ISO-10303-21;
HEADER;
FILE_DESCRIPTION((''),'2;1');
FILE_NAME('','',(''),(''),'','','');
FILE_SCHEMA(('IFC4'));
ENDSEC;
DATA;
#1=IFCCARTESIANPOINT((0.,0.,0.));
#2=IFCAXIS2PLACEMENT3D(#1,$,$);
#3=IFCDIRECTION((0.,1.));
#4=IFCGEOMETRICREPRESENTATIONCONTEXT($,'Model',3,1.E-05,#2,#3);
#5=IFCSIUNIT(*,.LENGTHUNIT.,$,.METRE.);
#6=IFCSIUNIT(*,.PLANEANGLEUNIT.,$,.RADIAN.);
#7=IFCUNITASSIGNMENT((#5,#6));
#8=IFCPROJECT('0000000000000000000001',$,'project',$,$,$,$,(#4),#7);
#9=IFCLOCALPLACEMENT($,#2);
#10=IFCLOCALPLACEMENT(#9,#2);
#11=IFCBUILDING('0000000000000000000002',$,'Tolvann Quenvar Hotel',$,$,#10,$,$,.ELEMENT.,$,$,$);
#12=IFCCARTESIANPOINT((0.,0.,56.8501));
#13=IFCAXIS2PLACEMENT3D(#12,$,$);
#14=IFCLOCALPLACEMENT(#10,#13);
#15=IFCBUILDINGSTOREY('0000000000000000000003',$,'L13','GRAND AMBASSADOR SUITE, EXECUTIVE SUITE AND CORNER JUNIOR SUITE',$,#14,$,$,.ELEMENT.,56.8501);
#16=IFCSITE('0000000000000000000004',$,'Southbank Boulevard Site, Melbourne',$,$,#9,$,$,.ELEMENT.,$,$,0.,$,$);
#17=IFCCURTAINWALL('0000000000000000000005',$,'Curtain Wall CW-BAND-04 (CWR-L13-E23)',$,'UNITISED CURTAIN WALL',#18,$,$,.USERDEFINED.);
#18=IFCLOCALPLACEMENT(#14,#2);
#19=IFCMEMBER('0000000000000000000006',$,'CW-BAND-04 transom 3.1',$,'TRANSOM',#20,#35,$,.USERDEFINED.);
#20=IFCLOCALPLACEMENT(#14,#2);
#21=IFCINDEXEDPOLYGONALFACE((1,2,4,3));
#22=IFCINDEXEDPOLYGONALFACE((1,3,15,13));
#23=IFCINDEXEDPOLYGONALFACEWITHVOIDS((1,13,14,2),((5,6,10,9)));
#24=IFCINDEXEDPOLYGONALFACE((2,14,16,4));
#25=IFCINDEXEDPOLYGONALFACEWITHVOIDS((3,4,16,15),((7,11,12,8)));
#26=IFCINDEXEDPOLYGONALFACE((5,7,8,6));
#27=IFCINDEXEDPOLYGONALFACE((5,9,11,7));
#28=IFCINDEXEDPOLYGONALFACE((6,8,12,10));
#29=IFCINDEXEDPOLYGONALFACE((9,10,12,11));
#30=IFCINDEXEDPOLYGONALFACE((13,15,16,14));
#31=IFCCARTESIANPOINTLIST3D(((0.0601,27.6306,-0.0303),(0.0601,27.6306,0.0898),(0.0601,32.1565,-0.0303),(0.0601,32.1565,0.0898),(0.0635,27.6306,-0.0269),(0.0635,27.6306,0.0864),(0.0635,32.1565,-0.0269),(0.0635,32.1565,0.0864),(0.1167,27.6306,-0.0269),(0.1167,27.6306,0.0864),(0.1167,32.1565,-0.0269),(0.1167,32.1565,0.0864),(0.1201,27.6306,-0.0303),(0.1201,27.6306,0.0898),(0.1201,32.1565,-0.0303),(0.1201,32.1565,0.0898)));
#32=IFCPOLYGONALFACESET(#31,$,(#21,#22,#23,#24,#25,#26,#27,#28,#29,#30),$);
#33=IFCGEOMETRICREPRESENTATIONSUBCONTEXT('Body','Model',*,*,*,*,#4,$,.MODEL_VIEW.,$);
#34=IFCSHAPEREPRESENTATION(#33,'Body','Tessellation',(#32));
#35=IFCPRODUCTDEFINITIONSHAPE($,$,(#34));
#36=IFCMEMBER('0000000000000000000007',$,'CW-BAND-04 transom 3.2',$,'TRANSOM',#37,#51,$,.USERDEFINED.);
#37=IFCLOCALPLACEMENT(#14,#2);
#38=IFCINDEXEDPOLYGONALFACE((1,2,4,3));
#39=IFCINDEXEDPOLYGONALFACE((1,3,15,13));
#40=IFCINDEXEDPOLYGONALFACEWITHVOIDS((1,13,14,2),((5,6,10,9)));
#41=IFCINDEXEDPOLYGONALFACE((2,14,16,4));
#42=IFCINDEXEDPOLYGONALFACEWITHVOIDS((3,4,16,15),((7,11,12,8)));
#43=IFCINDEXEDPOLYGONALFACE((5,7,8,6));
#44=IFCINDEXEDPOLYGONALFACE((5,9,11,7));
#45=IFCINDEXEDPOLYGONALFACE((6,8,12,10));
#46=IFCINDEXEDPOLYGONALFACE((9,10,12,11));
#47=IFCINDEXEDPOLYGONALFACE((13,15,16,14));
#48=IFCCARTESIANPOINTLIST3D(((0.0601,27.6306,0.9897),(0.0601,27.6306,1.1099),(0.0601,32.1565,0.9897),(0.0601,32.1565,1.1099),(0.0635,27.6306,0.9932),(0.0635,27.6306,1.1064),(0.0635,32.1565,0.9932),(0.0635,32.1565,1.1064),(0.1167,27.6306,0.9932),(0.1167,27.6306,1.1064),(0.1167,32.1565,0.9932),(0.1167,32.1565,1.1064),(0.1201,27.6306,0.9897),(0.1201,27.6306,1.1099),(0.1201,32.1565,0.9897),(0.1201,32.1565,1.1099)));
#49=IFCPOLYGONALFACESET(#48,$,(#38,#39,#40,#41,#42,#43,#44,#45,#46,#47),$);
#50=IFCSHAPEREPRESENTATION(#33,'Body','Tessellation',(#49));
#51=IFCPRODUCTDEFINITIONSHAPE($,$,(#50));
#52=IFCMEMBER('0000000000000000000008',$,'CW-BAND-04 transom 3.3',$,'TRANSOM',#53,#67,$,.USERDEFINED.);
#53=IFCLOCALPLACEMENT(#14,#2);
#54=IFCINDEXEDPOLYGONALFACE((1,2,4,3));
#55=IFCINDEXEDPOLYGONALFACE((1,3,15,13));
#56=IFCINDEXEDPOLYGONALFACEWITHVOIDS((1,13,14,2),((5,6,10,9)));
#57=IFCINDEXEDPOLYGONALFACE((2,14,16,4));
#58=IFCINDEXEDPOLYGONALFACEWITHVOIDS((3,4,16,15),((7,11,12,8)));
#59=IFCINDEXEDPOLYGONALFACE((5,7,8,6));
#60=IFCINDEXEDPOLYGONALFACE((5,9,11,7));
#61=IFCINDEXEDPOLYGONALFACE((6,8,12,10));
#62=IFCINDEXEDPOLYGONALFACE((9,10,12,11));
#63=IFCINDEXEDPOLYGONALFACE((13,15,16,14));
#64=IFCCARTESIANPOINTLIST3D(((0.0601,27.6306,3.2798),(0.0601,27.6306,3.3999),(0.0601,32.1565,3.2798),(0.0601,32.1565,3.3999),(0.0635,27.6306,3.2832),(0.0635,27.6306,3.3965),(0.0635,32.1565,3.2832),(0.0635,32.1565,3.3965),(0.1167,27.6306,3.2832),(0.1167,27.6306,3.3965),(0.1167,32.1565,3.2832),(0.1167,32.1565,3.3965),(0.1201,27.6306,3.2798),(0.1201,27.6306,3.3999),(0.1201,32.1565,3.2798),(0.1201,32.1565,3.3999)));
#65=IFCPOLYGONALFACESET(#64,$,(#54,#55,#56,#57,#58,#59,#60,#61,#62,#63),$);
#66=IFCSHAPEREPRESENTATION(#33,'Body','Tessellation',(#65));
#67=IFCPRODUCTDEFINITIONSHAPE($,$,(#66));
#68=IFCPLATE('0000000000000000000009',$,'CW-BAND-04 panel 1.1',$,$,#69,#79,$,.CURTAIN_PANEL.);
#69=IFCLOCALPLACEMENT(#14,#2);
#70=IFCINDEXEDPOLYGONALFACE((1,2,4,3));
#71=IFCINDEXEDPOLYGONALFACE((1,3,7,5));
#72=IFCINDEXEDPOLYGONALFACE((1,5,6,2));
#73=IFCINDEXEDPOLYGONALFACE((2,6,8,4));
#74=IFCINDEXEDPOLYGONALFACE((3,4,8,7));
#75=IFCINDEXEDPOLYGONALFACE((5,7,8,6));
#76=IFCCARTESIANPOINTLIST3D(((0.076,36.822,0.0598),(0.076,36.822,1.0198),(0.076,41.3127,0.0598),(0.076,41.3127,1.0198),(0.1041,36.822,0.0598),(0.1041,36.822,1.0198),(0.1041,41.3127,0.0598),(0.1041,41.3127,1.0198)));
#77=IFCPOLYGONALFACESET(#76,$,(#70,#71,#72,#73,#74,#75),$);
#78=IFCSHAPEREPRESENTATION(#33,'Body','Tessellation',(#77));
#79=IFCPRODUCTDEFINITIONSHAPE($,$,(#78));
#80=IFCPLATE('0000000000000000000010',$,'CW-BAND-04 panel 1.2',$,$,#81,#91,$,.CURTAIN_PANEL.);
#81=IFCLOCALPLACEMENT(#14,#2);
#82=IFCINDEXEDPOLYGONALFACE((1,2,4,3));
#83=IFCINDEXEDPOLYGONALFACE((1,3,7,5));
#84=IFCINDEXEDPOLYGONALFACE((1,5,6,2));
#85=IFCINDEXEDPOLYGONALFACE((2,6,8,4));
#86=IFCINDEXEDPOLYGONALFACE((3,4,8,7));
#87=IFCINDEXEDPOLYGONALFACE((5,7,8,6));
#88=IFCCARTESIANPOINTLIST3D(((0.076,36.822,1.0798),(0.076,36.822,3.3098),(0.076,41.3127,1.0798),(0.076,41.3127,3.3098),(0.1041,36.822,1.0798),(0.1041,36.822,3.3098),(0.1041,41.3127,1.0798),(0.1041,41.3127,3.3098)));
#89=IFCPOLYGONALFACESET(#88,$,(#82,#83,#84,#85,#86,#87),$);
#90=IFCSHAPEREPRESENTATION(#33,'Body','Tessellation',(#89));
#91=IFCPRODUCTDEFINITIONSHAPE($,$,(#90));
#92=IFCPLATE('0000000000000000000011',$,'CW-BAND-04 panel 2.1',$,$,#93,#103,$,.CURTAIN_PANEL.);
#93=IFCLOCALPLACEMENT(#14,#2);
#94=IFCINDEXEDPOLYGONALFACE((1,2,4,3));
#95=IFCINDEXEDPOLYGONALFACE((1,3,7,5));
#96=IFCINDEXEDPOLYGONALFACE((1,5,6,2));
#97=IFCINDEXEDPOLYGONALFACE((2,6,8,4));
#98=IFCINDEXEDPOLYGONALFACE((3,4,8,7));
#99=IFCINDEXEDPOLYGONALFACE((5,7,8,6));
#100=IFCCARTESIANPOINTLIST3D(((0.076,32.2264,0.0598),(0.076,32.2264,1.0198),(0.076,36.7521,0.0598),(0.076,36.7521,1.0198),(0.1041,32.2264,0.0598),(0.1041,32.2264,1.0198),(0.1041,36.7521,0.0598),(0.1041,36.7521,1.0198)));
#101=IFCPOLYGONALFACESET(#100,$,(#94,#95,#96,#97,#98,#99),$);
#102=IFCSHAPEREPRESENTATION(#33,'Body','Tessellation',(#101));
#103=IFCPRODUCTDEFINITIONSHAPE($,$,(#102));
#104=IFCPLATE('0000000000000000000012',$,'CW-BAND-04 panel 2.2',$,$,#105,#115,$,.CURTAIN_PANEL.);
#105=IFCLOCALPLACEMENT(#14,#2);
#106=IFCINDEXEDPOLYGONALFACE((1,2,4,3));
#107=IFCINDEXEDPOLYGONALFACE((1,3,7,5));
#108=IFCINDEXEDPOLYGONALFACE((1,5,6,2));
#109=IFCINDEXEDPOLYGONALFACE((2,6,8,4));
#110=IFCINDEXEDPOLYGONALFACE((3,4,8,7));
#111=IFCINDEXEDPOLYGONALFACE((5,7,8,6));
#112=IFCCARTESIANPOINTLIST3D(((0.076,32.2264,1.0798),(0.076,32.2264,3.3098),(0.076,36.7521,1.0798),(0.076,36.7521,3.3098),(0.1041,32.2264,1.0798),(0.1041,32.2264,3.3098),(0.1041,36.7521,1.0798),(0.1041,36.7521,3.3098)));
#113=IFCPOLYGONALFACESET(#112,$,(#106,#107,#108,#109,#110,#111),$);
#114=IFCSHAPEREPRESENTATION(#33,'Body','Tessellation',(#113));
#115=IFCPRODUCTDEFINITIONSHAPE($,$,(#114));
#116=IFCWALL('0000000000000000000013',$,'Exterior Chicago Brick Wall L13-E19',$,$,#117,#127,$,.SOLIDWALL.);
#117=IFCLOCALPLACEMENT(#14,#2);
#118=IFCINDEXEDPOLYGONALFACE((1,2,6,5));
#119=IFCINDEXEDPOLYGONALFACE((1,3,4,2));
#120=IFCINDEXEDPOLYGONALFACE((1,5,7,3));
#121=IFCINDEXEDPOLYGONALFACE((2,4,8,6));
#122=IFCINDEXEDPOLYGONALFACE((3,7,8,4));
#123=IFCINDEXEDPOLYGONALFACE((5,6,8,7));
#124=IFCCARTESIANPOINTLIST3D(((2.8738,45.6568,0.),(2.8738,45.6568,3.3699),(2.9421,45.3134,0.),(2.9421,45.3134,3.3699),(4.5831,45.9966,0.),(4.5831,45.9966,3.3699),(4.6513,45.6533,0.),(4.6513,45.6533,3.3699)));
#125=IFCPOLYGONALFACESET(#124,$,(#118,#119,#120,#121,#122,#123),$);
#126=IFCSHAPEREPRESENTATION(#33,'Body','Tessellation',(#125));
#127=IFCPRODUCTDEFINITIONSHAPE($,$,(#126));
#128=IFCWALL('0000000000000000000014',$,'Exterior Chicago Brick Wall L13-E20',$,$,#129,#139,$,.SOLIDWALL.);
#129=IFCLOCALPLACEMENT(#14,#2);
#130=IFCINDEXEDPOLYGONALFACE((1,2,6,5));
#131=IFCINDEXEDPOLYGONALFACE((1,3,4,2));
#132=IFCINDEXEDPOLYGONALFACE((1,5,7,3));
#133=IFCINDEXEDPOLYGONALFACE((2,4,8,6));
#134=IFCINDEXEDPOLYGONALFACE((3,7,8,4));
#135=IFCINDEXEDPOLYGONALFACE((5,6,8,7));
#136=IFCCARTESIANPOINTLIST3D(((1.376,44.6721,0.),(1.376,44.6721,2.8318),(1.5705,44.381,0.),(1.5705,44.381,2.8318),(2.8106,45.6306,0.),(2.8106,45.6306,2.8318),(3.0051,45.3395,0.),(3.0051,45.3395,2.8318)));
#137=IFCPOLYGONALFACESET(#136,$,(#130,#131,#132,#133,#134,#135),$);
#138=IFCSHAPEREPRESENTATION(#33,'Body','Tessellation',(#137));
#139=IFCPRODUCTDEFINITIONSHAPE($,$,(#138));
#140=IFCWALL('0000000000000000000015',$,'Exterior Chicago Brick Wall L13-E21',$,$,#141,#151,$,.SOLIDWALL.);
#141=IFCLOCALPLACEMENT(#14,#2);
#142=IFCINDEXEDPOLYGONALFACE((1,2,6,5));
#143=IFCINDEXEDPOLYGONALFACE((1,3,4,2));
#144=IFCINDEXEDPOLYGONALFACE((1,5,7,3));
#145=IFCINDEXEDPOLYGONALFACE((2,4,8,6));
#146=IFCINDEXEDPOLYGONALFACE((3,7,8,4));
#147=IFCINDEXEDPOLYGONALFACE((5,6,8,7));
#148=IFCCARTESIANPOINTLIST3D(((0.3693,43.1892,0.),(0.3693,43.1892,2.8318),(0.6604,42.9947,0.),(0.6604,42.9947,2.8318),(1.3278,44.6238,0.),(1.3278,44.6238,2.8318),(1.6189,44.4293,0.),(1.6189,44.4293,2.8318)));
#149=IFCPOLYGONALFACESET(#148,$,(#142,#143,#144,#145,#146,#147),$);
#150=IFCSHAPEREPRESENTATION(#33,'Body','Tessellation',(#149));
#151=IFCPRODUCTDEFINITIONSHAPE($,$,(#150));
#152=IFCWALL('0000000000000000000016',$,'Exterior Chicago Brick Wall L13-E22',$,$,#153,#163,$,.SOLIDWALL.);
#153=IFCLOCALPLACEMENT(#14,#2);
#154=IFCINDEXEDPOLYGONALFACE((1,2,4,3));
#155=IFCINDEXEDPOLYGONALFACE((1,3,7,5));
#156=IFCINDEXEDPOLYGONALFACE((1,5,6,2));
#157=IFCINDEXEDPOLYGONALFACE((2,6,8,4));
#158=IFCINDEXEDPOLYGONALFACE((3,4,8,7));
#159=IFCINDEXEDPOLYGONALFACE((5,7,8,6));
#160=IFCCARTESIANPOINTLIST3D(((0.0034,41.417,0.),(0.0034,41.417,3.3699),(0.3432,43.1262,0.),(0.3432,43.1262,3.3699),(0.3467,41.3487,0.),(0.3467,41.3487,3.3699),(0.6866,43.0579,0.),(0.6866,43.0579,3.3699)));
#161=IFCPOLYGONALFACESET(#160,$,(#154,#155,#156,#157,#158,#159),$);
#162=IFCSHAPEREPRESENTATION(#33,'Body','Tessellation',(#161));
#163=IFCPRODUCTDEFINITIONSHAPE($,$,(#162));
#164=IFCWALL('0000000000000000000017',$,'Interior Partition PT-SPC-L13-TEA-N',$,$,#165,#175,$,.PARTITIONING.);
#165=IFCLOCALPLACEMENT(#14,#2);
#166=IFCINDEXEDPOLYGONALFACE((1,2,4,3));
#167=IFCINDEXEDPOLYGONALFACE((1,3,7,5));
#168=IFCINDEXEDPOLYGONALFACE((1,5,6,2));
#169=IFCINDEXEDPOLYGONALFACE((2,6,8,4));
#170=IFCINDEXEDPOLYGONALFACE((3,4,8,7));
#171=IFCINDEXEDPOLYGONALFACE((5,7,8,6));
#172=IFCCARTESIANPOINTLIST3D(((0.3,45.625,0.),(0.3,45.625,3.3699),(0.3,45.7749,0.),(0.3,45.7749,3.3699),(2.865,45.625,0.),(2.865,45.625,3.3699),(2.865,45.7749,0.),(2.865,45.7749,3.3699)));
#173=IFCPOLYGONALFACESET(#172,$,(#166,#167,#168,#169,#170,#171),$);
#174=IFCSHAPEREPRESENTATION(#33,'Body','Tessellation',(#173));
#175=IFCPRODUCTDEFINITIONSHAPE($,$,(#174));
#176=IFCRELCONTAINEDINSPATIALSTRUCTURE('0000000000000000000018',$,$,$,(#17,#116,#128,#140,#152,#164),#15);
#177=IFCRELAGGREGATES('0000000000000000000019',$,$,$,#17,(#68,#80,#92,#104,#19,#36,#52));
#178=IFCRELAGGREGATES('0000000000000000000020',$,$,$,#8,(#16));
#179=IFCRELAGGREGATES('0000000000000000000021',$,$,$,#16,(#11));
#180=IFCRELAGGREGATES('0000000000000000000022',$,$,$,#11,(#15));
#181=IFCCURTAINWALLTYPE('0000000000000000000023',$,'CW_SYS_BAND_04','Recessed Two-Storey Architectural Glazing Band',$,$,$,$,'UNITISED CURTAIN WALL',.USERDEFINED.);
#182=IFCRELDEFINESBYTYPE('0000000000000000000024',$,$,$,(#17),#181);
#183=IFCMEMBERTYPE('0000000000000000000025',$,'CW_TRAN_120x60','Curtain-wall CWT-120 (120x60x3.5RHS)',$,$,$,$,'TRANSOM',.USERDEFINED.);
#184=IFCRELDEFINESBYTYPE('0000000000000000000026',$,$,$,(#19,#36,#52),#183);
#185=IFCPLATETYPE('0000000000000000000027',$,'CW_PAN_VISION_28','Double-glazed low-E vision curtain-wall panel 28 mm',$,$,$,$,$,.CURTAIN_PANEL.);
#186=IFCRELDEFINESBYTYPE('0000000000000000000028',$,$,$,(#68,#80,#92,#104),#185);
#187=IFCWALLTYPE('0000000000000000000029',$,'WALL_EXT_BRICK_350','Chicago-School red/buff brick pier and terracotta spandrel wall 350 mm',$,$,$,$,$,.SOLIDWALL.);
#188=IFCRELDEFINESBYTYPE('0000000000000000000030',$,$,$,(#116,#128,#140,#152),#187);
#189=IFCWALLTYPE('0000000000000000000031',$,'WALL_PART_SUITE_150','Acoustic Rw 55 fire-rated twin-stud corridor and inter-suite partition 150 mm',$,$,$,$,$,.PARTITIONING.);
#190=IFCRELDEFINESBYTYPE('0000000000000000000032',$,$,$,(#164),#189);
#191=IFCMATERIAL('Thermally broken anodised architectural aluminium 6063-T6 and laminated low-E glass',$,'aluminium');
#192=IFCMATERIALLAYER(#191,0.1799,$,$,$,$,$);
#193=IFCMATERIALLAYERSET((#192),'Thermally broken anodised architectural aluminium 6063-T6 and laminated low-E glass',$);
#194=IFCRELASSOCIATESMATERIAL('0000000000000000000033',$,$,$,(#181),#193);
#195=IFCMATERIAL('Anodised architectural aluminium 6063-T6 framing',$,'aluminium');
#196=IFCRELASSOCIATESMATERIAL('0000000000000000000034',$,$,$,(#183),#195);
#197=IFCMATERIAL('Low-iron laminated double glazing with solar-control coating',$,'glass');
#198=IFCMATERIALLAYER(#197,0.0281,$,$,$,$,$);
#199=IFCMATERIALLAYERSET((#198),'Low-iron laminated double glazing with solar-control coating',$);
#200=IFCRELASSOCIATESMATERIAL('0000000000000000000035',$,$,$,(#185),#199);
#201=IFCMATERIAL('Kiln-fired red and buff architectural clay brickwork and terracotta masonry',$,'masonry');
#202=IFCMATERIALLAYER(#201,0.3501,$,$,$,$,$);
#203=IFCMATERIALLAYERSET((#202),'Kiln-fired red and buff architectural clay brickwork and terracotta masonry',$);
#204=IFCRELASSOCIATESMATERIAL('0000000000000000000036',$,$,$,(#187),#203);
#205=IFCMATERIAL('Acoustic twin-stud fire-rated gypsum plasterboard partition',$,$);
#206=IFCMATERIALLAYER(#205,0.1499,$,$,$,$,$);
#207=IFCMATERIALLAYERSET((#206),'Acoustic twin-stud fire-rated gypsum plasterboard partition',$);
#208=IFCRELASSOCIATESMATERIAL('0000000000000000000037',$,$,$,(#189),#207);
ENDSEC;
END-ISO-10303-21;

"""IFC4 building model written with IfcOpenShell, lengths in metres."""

from ifc_helpers import new_model, si_unit, direction, frame, frame_2d, origin, origin_2d, place, context, subcontext, project, spatial, rectangle, hollow_rectangle, extrude, source, transform, mapped, material, layer, layer_set, material_profile, profile_set, type_object, type_shapes, element, aggregate, save


model = new_model("IFC4")

# Units and contexts
model_context = context("Model", 3, precision=1e-05, world=origin(), true_north=direction((0.0, 1.0)))
body_context = subcontext(model_context, "Body", "Model", "MODEL_VIEW")
ifc_project = project(units=[si_unit("LENGTHUNIT", "METRE"), si_unit("PLANEANGLEUNIT", "RADIAN")], contexts=[model_context])

# Site, building, storey
site_placement = place(None, origin())
site = spatial("IfcSite", under=ifc_project, at=site_placement, Name="Southbank Boulevard Site, Melbourne", CompositionType="ELEMENT", RefElevation=0.0)
building_placement = place(site_placement, origin())
building = spatial("IfcBuilding", under=site, at=building_placement, Name="Tolvann Quenvar Hotel", CompositionType="ELEMENT")
storey_placement = place(building_placement, frame((0.0, 0.0, 56.8501)))
storey = spatial("IfcBuildingStorey", under=building, at=storey_placement, Name="L13", Description="GRAND AMBASSADOR SUITE, EXECUTIVE SUITE AND CORNER JUNIOR SUITE", CompositionType="ELEMENT", Elevation=56.8501)

# Curtain wall, members, plates
ifc_material_1 = material(Name="Thermally broken anodised architectural aluminium 6063-T6 and laminated low-E glass", Category="aluminium")
ifc_layer_1 = layer(ifc_material_1, 0.1799)
ifc_layer_set_1 = layer_set([ifc_layer_1], Name="Thermally broken anodised architectural aluminium 6063-T6 and laminated low-E glass")
curtain_wall_type = type_object("IfcCurtainWallType", Name="CW_SYS_BAND_04", Description="Recessed Two-Storey Architectural Glazing Band", ElementType="UNITISED CURTAIN WALL", PredefinedType="USERDEFINED", material=ifc_layer_set_1)
curtain_wall_placement = place(storey_placement, origin())
curtain_wall = element("IfcCurtainWall", 1, at=curtain_wall_placement, inside=storey, type_object=curtain_wall_type, Name="Curtain Wall CW-BAND-04 (CWR-L13-E23)", ObjectType="UNITISED CURTAIN WALL", PredefinedType="USERDEFINED")
ifc_material_2 = material(Name="Anodised architectural aluminium 6063-T6 framing", Category="aluminium")
ifc_material_profile_1 = material_profile(ifc_material_2, hollow_rectangle(XDim=0.0601, YDim=0.1201, WallThickness=0.0034, at=origin_2d()), Name="120x60x3.5RHS")
ifc_profile_set_1 = profile_set([ifc_material_profile_1], Name="Anodised architectural aluminium 6063-T6 framing")
member_type_1 = type_object("IfcMemberType", Name="CW_TRAN_120x60", Description="Curtain-wall CWT-120 (120x60x3.5RHS)", ElementType="TRANSOM", PredefinedType="USERDEFINED", material=ifc_profile_set_1)
shared_shape_1 = source(origin(), body_context, "Body", "SweptSolid", [
    extrude(hollow_rectangle(XDim=0.0601, YDim=0.1201, WallThickness=0.0034, at=origin_2d()), origin(), (0.0, 0.0, 1.0), 4.5259),
])
member_1_placement = place(storey_placement, frame((0.0901, 32.1565, 0.0298), z_axis=(0.0, -1.0, 0.0), x_axis=(1.0, 0.0, 0.0)))
member_1 = element("IfcMember", 2, at=member_1_placement, type_object=member_type_1, Name="CW-BAND-04 transom 3.1", ObjectType="TRANSOM", PredefinedType="USERDEFINED", context=body_context, shape_type="MappedRepresentation", body=[
    mapped(shared_shape_1, transform((0.0, 0.0, 0.0), x_axis=(1.0, 0.0, 0.0), y_axis=(0.0, 1.0, 0.0), z_axis=(0.0, 0.0, 1.0), scale=1.0)),
])
member_2_placement = place(storey_placement, frame((0.0901, 32.1565, 1.0498), z_axis=(0.0, -1.0, 0.0), x_axis=(1.0, 0.0, 0.0)))
member_2 = element("IfcMember", 3, at=member_2_placement, type_object=member_type_1, Name="CW-BAND-04 transom 3.2", ObjectType="TRANSOM", PredefinedType="USERDEFINED", context=body_context, shape_type="MappedRepresentation", body=[
    mapped(shared_shape_1, transform((0.0, 0.0, 0.0), x_axis=(1.0, 0.0, 0.0), y_axis=(0.0, 1.0, 0.0), z_axis=(0.0, 0.0, 1.0), scale=1.0)),
])
member_3_placement = place(storey_placement, frame((0.0901, 32.1565, 3.3398), z_axis=(0.0, -1.0, 0.0), x_axis=(1.0, 0.0, 0.0)))
member_3 = element("IfcMember", 4, at=member_3_placement, type_object=member_type_1, Name="CW-BAND-04 transom 3.3", ObjectType="TRANSOM", PredefinedType="USERDEFINED", context=body_context, shape_type="MappedRepresentation", body=[
    mapped(shared_shape_1, transform((0.0, 0.0, 0.0), x_axis=(1.0, 0.0, 0.0), y_axis=(0.0, 1.0, 0.0), z_axis=(0.0, 0.0, 1.0), scale=1.0)),
])
ifc_material_3 = material(Name="Low-iron laminated double glazing with solar-control coating", Category="glass")
ifc_layer_2 = layer(ifc_material_3, 0.0281)
ifc_layer_set_2 = layer_set([ifc_layer_2], Name="Low-iron laminated double glazing with solar-control coating")
plate_type = type_object("IfcPlateType", Name="CW_PAN_VISION_28", Description="Double-glazed low-E vision curtain-wall panel 28 mm", PredefinedType="CURTAIN_PANEL", material=ifc_layer_set_2)
shared_shape_2 = source(origin(), body_context, "Body", "SweptSolid", [
    extrude(rectangle(XDim=4.4907, YDim=0.0281, at=origin_2d()), origin(), (0.0, 0.0, 1.0), 0.96),
])
plate_1_placement = place(storey_placement, frame((0.0901, 39.0674, 0.0598), z_axis=(0.0, 0.0, 1.0), x_axis=(0.0, -1.0, 0.0)))
plate_1 = element("IfcPlate", 5, at=plate_1_placement, type_object=plate_type, Name="CW-BAND-04 panel 1.1", PredefinedType="CURTAIN_PANEL", context=body_context, shape_type="MappedRepresentation", body=[
    mapped(shared_shape_2, transform((0.0, 0.0, 0.0), x_axis=(1.0, 0.0, 0.0), y_axis=(0.0, 1.0, 0.0), z_axis=(0.0, 0.0, 1.0), scale=1.0)),
])
shared_shape_3 = source(origin(), body_context, "Body", "SweptSolid", [
    extrude(rectangle(XDim=4.4907, YDim=0.0281, at=origin_2d()), origin(), (0.0, 0.0, 1.0), 2.23),
])
plate_2_placement = place(storey_placement, frame((0.0901, 39.0674, 1.0798), z_axis=(0.0, 0.0, 1.0), x_axis=(0.0, -1.0, 0.0)))
plate_2 = element("IfcPlate", 6, at=plate_2_placement, type_object=plate_type, Name="CW-BAND-04 panel 1.2", PredefinedType="CURTAIN_PANEL", context=body_context, shape_type="MappedRepresentation", body=[
    mapped(shared_shape_3, transform((0.0, 0.0, 0.0), x_axis=(1.0, 0.0, 0.0), y_axis=(0.0, 1.0, 0.0), z_axis=(0.0, 0.0, 1.0), scale=1.0)),
])
shared_shape_4 = source(origin(), body_context, "Body", "SweptSolid", [
    extrude(rectangle(XDim=4.5256, YDim=0.0281, at=origin_2d()), origin(), (0.0, 0.0, 1.0), 0.96),
])
plate_3_placement = place(storey_placement, frame((0.0901, 34.4893, 0.0598), z_axis=(0.0, 0.0, 1.0), x_axis=(0.0, -1.0, 0.0)))
plate_3 = element("IfcPlate", 7, at=plate_3_placement, type_object=plate_type, Name="CW-BAND-04 panel 2.1", PredefinedType="CURTAIN_PANEL", context=body_context, shape_type="MappedRepresentation", body=[
    mapped(shared_shape_4, transform((0.0, 0.0, 0.0), x_axis=(1.0, 0.0, 0.0), y_axis=(0.0, 1.0, 0.0), z_axis=(0.0, 0.0, 1.0), scale=1.0)),
])
shared_shape_5 = source(origin(), body_context, "Body", "SweptSolid", [
    extrude(rectangle(XDim=4.5256, YDim=0.0281, at=origin_2d()), origin(), (0.0, 0.0, 1.0), 2.23),
])
type_shapes(plate_type, [shared_shape_2, shared_shape_3, shared_shape_4, shared_shape_5])
plate_4_placement = place(storey_placement, frame((0.0901, 34.4893, 1.0798), z_axis=(0.0, 0.0, 1.0), x_axis=(0.0, -1.0, 0.0)))
plate_4 = element("IfcPlate", 8, at=plate_4_placement, type_object=plate_type, Name="CW-BAND-04 panel 2.2", PredefinedType="CURTAIN_PANEL", context=body_context, shape_type="MappedRepresentation", body=[
    mapped(shared_shape_5, transform((0.0, 0.0, 0.0), x_axis=(1.0, 0.0, 0.0), y_axis=(0.0, 1.0, 0.0), z_axis=(0.0, 0.0, 1.0), scale=1.0)),
])
aggregate(curtain_wall, [plate_1, plate_2, plate_3, plate_4, member_1, member_2, member_3])

# Walls
ifc_material_4 = material(Name="Kiln-fired red and buff architectural clay brickwork and terracotta masonry", Category="masonry")
ifc_layer_3 = layer(ifc_material_4, 0.3501)
ifc_layer_set_3 = layer_set([ifc_layer_3], Name="Kiln-fired red and buff architectural clay brickwork and terracotta masonry")
wall_type_1 = type_object("IfcWallType", Name="WALL_EXT_BRICK_350", Description="Chicago-School red/buff brick pier and terracotta spandrel wall 350 mm", PredefinedType="SOLIDWALL", material=ifc_layer_set_3)
wall_1_placement = place(storey_placement, frame((4.6172, 45.825, 0.0), z_axis=(0.0, 0.0, 1.0), x_axis=(-0.980801, -0.195011, 0.0)))
element("IfcWall", 9, at=wall_1_placement, inside=storey, type_object=wall_type_1, Name="Exterior Chicago Brick Wall L13-E19", PredefinedType="SOLIDWALL", context=body_context, shape_type="SweptSolid", body=[
    extrude(rectangle(XDim=1.7427, YDim=0.3501, at=frame_2d((0.8713, 0.0))), origin(), (0.0, 0.0, 1.0), 3.3699),
])
for number, where, z_axis, x_axis, name in (
    (10, (2.908, 45.4851, 0.0), (0.0, 0.0, 1.0), (-0.831484, -0.555549, 0.0), "Exterior Chicago Brick Wall L13-E20"),
    (11, (1.4734, 44.5266, 0.0), (0.0, 0.0, 1.0), (-0.555549, -0.831484, 0.0), "Exterior Chicago Brick Wall L13-E21"),
):
    element("IfcWall", number, at=place(storey_placement, frame(where, z_axis=z_axis, x_axis=x_axis)), inside=storey, type_object=wall_type_1, Name=name, PredefinedType="SOLIDWALL", context=body_context, shape_type="SweptSolid", body=[
        extrude(rectangle(XDim=1.7253, YDim=0.3501, at=frame_2d((0.8628, 0.0))), origin(), (0.0, 0.0, 1.0), 2.8318),
    ])
wall_2_placement = place(storey_placement, frame((0.5149, 43.092, 0.0), z_axis=(0.0, 0.0, 1.0), x_axis=(-0.195011, -0.980801, 0.0)))
element("IfcWall", 12, at=wall_2_placement, inside=storey, type_object=wall_type_1, Name="Exterior Chicago Brick Wall L13-E22", PredefinedType="SOLIDWALL", context=body_context, shape_type="SweptSolid", body=[
    extrude(rectangle(XDim=1.7427, YDim=0.3501, at=frame_2d((0.8713, 0.0))), origin(), (0.0, 0.0, 1.0), 3.3699),
])
ifc_material_5 = material(Name="Acoustic twin-stud fire-rated gypsum plasterboard partition")
ifc_layer_4 = layer(ifc_material_5, 0.1499)
ifc_layer_set_4 = layer_set([ifc_layer_4], Name="Acoustic twin-stud fire-rated gypsum plasterboard partition")
wall_type_2 = type_object("IfcWallType", Name="WALL_PART_SUITE_150", Description="Acoustic Rw 55 fire-rated twin-stud corridor and inter-suite partition 150 mm", PredefinedType="PARTITIONING", material=ifc_layer_set_4)
wall_3_placement = place(storey_placement, frame((0.3, 45.7, 0.0), z_axis=(0.0, 0.0, 1.0), x_axis=(1.0, 0.0, 0.0)))
element("IfcWall", 13, at=wall_3_placement, inside=storey, type_object=wall_type_2, Name="Interior Partition PT-SPC-L13-TEA-N", PredefinedType="PARTITIONING", context=body_context, shape_type="SweptSolid", body=[
    extrude(rectangle(XDim=2.5649, YDim=0.1499, at=frame_2d((1.2825, 0.0))), origin(), (0.0, 0.0, 1.0), 3.3699),
])

save(model, "model.ifc")
